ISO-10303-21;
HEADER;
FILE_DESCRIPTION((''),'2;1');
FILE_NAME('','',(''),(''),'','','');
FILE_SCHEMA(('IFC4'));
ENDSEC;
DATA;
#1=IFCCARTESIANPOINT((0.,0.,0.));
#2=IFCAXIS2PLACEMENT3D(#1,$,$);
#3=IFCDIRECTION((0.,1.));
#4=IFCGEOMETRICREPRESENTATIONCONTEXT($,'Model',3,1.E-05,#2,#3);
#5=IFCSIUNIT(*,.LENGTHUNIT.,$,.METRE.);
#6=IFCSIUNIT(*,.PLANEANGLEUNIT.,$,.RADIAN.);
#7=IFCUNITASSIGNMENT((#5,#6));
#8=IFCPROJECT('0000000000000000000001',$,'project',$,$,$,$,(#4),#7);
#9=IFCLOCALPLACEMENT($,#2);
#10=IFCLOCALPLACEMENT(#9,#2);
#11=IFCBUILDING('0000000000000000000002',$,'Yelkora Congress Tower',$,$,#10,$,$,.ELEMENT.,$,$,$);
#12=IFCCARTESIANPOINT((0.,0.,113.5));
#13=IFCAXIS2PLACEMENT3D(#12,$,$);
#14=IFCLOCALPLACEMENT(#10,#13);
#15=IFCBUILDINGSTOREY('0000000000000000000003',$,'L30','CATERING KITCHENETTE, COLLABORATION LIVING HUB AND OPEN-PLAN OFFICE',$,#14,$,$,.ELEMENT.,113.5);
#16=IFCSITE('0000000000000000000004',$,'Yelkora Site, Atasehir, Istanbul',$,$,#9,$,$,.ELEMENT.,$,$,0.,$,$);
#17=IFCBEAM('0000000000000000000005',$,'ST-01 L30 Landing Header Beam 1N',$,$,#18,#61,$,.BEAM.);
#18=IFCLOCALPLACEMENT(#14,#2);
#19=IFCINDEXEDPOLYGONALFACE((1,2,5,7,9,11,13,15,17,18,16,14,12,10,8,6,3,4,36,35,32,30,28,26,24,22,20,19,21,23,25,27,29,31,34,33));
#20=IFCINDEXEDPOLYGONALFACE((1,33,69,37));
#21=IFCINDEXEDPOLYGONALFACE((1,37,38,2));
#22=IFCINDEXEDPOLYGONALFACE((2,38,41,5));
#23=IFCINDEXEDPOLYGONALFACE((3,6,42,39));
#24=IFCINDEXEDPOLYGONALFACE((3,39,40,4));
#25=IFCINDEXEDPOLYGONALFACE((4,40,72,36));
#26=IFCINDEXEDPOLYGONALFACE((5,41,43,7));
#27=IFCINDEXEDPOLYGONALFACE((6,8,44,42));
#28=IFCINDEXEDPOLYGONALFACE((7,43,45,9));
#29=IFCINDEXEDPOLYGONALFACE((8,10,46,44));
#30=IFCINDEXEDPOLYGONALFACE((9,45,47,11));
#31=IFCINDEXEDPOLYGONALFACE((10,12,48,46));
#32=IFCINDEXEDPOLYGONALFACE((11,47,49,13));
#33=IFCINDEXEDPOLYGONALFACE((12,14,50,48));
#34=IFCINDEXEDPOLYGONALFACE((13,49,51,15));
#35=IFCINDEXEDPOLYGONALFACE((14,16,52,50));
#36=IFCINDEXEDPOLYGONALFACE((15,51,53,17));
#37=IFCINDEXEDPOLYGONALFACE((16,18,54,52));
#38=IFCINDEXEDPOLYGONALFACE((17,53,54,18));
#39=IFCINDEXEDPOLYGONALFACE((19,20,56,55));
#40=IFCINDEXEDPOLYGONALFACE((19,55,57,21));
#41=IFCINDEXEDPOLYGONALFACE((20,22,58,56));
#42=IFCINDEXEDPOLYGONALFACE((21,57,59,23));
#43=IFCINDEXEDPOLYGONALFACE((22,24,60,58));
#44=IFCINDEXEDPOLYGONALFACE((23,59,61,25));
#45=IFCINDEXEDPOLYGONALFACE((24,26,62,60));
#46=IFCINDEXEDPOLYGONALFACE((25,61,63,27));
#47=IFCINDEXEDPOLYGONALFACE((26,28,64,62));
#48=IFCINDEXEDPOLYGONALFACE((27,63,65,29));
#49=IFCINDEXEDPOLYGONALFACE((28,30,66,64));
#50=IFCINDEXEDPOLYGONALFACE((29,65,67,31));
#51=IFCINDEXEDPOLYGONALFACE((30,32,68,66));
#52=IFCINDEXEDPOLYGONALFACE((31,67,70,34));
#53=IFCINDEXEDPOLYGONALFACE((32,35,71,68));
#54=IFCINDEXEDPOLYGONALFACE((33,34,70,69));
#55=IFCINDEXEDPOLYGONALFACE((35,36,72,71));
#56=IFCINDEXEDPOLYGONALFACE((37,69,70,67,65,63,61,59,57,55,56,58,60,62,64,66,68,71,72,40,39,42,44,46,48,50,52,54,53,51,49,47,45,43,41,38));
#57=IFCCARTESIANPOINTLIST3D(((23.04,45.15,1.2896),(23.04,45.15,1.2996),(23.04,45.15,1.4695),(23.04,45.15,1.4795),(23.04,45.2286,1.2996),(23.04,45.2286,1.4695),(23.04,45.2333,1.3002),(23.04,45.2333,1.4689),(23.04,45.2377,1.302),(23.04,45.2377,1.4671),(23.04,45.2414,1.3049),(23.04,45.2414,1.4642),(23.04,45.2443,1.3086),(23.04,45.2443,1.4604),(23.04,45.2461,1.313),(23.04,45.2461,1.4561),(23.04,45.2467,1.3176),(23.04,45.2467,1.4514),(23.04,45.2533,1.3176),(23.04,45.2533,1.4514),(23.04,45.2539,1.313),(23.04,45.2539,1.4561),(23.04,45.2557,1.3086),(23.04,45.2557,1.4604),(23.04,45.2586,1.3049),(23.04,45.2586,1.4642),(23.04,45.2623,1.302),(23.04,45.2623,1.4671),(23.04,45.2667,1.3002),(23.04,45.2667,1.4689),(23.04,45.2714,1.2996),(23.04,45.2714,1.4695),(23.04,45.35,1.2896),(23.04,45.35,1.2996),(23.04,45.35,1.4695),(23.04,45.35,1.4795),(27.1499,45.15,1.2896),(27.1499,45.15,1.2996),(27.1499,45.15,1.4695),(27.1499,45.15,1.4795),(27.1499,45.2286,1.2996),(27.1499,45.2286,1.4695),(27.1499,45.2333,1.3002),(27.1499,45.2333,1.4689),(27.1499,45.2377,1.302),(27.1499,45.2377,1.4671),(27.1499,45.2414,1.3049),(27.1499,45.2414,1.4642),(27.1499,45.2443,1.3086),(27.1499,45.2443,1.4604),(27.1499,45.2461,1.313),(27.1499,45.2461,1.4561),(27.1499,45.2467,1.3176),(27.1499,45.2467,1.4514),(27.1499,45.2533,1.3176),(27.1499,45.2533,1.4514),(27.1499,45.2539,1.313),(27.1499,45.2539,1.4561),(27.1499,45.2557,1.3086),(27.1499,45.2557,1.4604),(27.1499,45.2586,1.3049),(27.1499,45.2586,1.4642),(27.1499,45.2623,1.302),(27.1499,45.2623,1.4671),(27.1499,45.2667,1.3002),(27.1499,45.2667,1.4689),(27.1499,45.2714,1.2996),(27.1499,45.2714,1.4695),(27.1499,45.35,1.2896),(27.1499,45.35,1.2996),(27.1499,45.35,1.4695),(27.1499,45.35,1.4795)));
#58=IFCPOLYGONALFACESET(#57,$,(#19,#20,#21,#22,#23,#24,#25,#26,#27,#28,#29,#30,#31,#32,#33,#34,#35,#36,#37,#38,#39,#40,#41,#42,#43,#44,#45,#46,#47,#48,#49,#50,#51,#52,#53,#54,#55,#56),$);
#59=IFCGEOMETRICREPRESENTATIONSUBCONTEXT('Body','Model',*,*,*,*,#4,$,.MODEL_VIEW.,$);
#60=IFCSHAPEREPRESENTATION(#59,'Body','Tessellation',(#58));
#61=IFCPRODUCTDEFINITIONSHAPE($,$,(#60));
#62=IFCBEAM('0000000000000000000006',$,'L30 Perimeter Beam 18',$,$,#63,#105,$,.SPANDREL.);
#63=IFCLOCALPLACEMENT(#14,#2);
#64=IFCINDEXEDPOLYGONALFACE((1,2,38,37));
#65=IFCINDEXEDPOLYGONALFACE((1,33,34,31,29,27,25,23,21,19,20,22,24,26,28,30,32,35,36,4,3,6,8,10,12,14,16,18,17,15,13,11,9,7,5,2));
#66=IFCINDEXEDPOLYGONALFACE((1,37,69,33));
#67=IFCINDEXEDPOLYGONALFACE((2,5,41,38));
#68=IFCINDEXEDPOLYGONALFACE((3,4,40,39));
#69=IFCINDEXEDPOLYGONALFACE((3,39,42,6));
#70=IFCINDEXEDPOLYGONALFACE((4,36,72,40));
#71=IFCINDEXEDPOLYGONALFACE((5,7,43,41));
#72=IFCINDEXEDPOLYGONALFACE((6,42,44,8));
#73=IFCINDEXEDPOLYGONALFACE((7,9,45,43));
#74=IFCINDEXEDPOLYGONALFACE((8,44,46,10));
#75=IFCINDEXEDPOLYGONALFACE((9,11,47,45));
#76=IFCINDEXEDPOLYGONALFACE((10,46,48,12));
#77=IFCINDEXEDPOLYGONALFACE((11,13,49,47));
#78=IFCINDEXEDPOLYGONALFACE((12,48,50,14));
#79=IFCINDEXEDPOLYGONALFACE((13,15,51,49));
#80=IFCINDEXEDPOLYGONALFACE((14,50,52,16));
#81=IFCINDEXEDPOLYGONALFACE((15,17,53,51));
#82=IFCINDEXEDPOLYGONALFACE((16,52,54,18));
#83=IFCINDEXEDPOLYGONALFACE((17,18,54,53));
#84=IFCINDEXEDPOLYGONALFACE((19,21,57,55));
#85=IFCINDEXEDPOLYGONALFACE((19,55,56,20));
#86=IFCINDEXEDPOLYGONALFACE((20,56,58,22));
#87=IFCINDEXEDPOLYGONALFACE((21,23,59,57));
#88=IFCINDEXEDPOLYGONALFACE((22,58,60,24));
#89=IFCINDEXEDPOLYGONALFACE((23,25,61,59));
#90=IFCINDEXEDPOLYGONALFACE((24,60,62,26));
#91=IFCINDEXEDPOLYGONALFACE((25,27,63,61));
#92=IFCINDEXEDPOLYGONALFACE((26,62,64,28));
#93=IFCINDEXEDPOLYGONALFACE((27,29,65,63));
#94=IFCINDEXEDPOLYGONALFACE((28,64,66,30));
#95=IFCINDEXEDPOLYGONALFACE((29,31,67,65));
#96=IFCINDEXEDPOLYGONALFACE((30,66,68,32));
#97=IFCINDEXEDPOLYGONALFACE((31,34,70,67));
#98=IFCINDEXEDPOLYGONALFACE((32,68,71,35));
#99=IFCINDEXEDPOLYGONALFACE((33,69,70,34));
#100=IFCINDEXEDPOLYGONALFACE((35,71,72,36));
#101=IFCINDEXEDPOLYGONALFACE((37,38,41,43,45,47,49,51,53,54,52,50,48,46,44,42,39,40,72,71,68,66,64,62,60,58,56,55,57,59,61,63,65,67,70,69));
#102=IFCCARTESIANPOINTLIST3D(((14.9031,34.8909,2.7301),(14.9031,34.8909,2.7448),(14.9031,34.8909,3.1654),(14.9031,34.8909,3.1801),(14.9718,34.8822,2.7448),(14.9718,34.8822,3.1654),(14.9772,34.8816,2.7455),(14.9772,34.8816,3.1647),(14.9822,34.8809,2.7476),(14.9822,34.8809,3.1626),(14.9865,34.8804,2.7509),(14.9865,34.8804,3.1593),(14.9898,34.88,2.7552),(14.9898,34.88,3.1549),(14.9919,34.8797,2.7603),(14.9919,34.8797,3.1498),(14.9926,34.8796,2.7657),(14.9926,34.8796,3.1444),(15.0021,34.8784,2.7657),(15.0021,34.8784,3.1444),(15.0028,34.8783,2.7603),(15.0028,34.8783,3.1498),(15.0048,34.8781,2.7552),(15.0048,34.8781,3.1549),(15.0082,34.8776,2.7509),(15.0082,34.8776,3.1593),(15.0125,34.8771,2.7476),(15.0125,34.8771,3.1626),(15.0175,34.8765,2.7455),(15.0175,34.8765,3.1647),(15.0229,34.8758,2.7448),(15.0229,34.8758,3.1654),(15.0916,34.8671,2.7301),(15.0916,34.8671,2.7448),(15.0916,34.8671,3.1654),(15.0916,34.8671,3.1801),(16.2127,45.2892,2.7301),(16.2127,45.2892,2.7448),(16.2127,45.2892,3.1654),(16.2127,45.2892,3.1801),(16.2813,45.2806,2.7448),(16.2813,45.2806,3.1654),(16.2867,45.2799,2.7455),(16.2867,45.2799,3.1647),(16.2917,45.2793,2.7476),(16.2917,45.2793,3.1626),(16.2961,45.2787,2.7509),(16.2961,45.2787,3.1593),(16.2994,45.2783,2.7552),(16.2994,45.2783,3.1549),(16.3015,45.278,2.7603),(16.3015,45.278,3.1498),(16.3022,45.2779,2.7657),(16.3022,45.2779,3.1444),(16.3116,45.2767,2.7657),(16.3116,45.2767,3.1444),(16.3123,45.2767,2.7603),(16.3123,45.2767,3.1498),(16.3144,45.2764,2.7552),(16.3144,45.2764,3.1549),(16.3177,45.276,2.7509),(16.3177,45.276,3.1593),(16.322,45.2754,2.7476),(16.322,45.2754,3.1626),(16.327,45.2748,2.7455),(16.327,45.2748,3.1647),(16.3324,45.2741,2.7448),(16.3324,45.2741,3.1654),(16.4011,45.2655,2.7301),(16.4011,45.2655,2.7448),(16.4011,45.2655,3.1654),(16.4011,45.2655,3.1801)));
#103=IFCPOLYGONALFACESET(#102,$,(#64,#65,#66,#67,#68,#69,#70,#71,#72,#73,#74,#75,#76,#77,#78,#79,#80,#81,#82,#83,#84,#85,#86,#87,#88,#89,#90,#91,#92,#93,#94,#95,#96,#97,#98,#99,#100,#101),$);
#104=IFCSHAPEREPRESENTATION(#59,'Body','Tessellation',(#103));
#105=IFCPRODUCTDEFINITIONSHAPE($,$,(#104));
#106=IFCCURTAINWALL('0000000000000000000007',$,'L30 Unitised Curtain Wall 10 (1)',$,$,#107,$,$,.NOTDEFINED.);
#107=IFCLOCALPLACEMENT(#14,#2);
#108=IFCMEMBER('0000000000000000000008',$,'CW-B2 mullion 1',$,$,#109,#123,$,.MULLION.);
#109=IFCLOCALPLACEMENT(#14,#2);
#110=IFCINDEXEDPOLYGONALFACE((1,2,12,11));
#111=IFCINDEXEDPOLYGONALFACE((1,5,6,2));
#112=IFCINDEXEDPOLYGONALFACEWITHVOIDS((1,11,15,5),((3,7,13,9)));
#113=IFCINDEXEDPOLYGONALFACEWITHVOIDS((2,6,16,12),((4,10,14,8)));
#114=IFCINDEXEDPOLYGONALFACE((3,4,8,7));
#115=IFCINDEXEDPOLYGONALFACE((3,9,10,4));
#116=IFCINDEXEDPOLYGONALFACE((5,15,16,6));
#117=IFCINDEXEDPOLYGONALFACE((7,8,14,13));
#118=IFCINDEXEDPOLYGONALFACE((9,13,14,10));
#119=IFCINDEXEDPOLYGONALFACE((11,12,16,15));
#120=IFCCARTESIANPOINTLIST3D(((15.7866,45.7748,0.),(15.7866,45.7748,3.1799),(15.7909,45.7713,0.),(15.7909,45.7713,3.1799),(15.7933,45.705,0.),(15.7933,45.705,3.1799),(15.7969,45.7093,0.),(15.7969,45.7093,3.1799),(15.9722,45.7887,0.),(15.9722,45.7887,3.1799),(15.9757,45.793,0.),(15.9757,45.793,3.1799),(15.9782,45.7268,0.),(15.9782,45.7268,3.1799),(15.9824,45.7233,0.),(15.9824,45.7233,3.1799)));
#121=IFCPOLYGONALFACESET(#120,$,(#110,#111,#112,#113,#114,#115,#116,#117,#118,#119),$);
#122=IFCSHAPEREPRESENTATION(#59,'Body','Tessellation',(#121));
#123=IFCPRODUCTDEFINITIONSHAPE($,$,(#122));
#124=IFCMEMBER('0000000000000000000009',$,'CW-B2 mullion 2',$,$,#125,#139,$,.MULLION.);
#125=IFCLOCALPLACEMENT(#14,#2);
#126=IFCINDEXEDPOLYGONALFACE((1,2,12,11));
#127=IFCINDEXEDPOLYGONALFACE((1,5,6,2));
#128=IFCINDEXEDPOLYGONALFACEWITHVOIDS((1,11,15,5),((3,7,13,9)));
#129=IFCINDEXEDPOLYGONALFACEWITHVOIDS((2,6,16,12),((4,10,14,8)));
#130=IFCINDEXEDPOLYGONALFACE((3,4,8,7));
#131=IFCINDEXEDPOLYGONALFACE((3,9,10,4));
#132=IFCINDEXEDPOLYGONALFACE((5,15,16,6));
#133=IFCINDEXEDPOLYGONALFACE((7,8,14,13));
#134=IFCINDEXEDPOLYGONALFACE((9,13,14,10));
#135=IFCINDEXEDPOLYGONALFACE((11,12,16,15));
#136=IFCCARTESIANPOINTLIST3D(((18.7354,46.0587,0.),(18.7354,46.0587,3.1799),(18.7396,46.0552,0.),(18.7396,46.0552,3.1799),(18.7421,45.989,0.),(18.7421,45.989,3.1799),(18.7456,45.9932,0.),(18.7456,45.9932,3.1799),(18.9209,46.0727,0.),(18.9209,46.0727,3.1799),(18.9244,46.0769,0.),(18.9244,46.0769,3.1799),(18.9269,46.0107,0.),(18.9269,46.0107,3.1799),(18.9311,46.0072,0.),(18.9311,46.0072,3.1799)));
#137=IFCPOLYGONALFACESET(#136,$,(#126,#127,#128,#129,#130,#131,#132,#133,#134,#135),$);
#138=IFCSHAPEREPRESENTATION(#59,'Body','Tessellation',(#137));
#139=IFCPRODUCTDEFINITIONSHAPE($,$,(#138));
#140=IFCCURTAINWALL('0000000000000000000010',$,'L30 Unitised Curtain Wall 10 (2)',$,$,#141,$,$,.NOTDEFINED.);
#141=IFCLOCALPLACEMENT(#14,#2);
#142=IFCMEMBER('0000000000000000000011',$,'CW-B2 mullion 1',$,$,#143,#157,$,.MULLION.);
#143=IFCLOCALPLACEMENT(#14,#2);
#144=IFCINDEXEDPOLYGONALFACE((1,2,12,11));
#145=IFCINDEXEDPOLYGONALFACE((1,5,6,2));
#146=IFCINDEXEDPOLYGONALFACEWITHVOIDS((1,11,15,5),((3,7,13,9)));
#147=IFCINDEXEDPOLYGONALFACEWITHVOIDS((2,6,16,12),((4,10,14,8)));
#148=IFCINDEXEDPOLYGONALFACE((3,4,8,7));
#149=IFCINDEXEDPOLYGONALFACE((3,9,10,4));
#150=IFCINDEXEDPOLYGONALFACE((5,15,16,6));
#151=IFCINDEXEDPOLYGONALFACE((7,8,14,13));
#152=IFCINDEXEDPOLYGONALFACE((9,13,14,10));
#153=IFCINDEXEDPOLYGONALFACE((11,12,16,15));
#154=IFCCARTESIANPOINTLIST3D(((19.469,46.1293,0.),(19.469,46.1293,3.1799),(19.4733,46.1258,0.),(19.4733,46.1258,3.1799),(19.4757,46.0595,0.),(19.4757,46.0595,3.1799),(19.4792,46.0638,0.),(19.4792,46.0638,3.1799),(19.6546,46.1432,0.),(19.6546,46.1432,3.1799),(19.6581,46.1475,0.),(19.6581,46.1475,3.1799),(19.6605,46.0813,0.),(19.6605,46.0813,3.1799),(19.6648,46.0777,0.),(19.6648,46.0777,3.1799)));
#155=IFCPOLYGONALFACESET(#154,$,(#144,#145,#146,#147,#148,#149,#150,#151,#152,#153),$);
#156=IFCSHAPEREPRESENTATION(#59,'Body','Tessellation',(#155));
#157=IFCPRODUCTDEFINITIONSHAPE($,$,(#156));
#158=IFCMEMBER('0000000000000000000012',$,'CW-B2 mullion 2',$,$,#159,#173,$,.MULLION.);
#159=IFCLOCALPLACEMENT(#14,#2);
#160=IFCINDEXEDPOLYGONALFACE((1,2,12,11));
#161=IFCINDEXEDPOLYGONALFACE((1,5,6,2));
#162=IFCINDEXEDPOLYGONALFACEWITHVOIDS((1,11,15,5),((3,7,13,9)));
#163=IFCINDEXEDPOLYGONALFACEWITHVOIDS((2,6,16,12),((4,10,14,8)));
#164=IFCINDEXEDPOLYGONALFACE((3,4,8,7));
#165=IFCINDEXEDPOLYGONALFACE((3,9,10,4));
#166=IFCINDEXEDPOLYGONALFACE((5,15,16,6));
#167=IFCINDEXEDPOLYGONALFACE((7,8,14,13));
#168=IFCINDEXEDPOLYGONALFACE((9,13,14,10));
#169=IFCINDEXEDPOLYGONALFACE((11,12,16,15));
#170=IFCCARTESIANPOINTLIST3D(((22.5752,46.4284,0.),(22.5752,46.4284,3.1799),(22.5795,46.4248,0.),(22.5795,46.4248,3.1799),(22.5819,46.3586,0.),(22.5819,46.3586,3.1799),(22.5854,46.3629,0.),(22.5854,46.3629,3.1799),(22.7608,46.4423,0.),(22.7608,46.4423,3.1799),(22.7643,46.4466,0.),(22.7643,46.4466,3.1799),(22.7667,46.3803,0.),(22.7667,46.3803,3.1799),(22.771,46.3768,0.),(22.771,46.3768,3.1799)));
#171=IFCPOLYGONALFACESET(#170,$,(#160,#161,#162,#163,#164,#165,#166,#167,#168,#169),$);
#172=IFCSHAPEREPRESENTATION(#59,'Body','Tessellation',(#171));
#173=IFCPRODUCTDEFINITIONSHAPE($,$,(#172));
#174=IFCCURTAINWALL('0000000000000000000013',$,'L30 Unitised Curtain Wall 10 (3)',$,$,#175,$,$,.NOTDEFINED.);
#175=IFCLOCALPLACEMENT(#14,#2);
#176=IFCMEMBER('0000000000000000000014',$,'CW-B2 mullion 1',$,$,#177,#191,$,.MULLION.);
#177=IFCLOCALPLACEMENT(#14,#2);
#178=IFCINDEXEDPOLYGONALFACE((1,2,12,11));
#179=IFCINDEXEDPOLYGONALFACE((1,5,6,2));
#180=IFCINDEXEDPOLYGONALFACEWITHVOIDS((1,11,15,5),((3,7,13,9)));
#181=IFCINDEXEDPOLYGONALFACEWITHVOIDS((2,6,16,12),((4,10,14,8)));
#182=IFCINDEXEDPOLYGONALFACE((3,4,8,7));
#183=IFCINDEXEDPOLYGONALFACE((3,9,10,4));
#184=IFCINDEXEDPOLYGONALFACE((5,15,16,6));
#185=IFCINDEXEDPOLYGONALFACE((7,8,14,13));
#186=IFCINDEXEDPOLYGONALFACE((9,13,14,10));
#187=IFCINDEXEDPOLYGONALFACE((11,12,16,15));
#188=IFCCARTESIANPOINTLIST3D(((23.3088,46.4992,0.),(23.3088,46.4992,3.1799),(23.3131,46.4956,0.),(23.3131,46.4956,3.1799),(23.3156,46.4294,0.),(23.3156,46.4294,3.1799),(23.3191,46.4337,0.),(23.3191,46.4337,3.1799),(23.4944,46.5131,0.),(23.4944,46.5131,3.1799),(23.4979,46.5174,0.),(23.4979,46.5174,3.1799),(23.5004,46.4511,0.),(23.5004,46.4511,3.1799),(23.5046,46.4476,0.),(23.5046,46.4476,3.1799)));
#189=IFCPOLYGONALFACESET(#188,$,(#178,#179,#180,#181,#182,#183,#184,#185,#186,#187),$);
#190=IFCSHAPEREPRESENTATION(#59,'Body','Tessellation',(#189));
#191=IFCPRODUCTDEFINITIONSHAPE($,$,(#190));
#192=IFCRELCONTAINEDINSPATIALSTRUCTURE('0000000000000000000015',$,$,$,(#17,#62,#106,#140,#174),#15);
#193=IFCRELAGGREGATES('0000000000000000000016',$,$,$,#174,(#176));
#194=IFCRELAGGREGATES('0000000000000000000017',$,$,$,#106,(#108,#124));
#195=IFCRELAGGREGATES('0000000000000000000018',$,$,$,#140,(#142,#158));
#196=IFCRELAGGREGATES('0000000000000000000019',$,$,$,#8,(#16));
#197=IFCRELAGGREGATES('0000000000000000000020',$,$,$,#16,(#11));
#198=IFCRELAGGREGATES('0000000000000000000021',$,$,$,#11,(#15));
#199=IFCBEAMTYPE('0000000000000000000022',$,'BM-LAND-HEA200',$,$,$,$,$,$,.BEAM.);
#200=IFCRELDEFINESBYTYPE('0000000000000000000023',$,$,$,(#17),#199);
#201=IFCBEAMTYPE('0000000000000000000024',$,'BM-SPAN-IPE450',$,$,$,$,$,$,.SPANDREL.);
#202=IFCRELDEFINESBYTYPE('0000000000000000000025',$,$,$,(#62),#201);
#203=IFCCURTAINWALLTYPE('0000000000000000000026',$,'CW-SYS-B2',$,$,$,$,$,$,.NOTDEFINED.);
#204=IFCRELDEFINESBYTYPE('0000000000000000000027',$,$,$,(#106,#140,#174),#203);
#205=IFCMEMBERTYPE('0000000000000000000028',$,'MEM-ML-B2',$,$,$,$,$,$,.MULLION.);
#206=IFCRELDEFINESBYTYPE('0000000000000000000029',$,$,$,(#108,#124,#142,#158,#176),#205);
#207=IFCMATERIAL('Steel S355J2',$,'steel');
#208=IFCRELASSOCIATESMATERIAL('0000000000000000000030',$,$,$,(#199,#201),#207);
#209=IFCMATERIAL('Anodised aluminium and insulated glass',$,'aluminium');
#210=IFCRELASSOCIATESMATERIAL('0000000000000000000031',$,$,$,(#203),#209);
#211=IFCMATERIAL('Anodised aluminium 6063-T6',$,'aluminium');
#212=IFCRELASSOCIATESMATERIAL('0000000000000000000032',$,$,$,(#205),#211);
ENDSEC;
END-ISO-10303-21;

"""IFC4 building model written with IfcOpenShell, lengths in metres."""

from ifc_helpers import new_model, si_unit, direction, frame, origin, origin_2d, place, context, subcontext, project, spatial, hollow_rectangle, i_section, extrude, material, material_profile, profile_set, type_object, element, aggregate, save


model = new_model("IFC4")

# Units and contexts
model_context = context("Model", 3, precision=1e-05, world=origin(), true_north=direction((0.0, 1.0)))
body_context = subcontext(model_context, "Body", "Model", "MODEL_VIEW")
ifc_project = project(units=[si_unit("LENGTHUNIT", "METRE"), si_unit("PLANEANGLEUNIT", "RADIAN")], contexts=[model_context])

# Site, building, storey
site_placement = place(None, origin())
site = spatial("IfcSite", under=ifc_project, at=site_placement, Name="Yelkora Site, Atasehir, Istanbul", CompositionType="ELEMENT", RefElevation=0.0)
building_placement = place(site_placement, origin())
building = spatial("IfcBuilding", under=site, at=building_placement, Name="Yelkora Congress Tower", CompositionType="ELEMENT")
storey_placement = place(building_placement, frame((0.0, 0.0, 113.5)))
storey = spatial("IfcBuildingStorey", under=building, at=storey_placement, Name="L30", Description="CATERING KITCHENETTE, COLLABORATION LIVING HUB AND OPEN-PLAN OFFICE", CompositionType="ELEMENT", Elevation=113.5)

# Beams
ifc_material_1 = material(Name="Steel S355J2", Category="steel")
ifc_material_profile_1 = material_profile(ifc_material_1, i_section(OverallWidth=0.2, OverallDepth=0.1899, WebThickness=0.0066, FlangeThickness=0.01, FilletRadius=0.0181, at=origin_2d()), Name="HEA 200")
ifc_profile_set_1 = profile_set([ifc_material_profile_1], Name="Steel S355J2")
beam_type_1 = type_object("IfcBeamType", Name="BM-LAND-HEA200", PredefinedType="BEAM", material=ifc_profile_set_1)
beam_1_placement = place(storey_placement, frame((23.04, 45.25, 1.3845), z_axis=(1.0, 0.0, 0.0), x_axis=(0.0, 1.0, 0.0)))
element("IfcBeam", 1, at=beam_1_placement, inside=storey, type_object=beam_type_1, Name="ST-01 L30 Landing Header Beam 1N", PredefinedType="BEAM", context=body_context, shape_type="SweptSolid", body=[
    extrude(i_section(OverallWidth=0.2, OverallDepth=0.1899, WebThickness=0.0066, FlangeThickness=0.01, FilletRadius=0.0181, at=origin_2d()), origin(), (0.0, 0.0, 1.0), 4.1099),
])
ifc_material_profile_2 = material_profile(ifc_material_1, i_section(OverallWidth=0.1899, OverallDepth=0.45, WebThickness=0.0095, FlangeThickness=0.0146, FilletRadius=0.021, at=origin_2d()), Name="IPE 450")
ifc_profile_set_2 = profile_set([ifc_material_profile_2], Name="Steel S355J2")
beam_type_2 = type_object("IfcBeamType", Name="BM-SPAN-IPE450", PredefinedType="SPANDREL", material=ifc_profile_set_2)
beam_2_placement = place(storey_placement, frame((16.3069, 45.2773, 2.9551), z_axis=(-0.124952, -0.992163, 0.0), x_axis=(0.992163, -0.124952, 0.0)))
element("IfcBeam", 2, at=beam_2_placement, inside=storey, type_object=beam_type_2, Name="L30 Perimeter Beam 18", PredefinedType="SPANDREL", context=body_context, shape_type="SweptSolid", body=[
    extrude(i_section(OverallWidth=0.1899, OverallDepth=0.45, WebThickness=0.0095, FlangeThickness=0.0146, FilletRadius=0.021, at=origin_2d()), origin(), (0.0, 0.0, 1.0), 10.4805),
])

# Curtain walls, members
ifc_material_2 = material(Name="Anodised aluminium and insulated glass", Category="aluminium")
curtain_wall_type = type_object("IfcCurtainWallType", Name="CW-SYS-B2", PredefinedType="NOTDEFINED", material=ifc_material_2)
curtain_wall_1_placement = place(storey_placement, origin())
curtain_wall_1 = element("IfcCurtainWall", 3, at=curtain_wall_1_placement, inside=storey, type_object=curtain_wall_type, Name="L30 Unitised Curtain Wall 10 (1)", PredefinedType="NOTDEFINED")
ifc_material_3 = material(Name="Anodised aluminium 6063-T6", Category="aluminium")
ifc_material_profile_3 = material_profile(ifc_material_3, hollow_rectangle(XDim=0.0701, YDim=0.1899, WallThickness=0.0039, at=origin_2d()), Name="ALU 70x190x4")
ifc_profile_set_3 = profile_set([ifc_material_profile_3], Name="Anodised aluminium 6063-T6")
member_type_1 = type_object("IfcMemberType", Name="MEM-ML-B2", PredefinedType="MULLION", material=ifc_profile_set_3)
member_1_placement = place(storey_placement, frame((15.8845, 45.749, 0.0), z_axis=(0.0, 0.0, 1.0), x_axis=(-0.095839, 0.995397, 0.0)))
member_1 = element("IfcMember", 4, at=member_1_placement, type_object=member_type_1, Name="CW-B2 mullion 1", PredefinedType="MULLION", context=body_context, shape_type="SweptSolid", body=[
    extrude(hollow_rectangle(XDim=0.0701, YDim=0.1899, WallThickness=0.0039, at=origin_2d()), origin(), (0.0, 0.0, 1.0), 3.1799),
])
member_2_placement = place(storey_placement, frame((18.8333, 46.033, 0.0), z_axis=(0.0, 0.0, 1.0), x_axis=(-0.095839, 0.995397, 0.0)))
member_2 = element("IfcMember", 5, at=member_2_placement, type_object=member_type_1, Name="CW-B2 mullion 2", PredefinedType="MULLION", context=body_context, shape_type="SweptSolid", body=[
    extrude(hollow_rectangle(XDim=0.0701, YDim=0.1899, WallThickness=0.0039, at=origin_2d()), origin(), (0.0, 0.0, 1.0), 3.1799),
])
curtain_wall_2_placement = place(storey_placement, origin())
curtain_wall_2 = element("IfcCurtainWall", 6, at=curtain_wall_2_placement, inside=storey, type_object=curtain_wall_type, Name="L30 Unitised Curtain Wall 10 (2)", PredefinedType="NOTDEFINED")
member_3_placement = place(storey_placement, frame((19.5669, 46.1035, 0.0), z_axis=(0.0, 0.0, 1.0), x_axis=(-0.095841, 0.995397, 0.0)))
member_3 = element("IfcMember", 7, at=member_3_placement, type_object=member_type_1, Name="CW-B2 mullion 1", PredefinedType="MULLION", context=body_context, shape_type="SweptSolid", body=[
    extrude(hollow_rectangle(XDim=0.0701, YDim=0.1899, WallThickness=0.0039, at=origin_2d()), origin(), (0.0, 0.0, 1.0), 3.1799),
])
member_4_placement = place(storey_placement, frame((22.6731, 46.4026, 0.0), z_axis=(0.0, 0.0, 1.0), x_axis=(-0.095841, 0.995397, 0.0)))
member_4 = element("IfcMember", 8, at=member_4_placement, type_object=member_type_1, Name="CW-B2 mullion 2", PredefinedType="MULLION", context=body_context, shape_type="SweptSolid", body=[
    extrude(hollow_rectangle(XDim=0.0701, YDim=0.1899, WallThickness=0.0039, at=origin_2d()), origin(), (0.0, 0.0, 1.0), 3.1799),
])

# Curtain wall, member
curtain_wall_3_placement = place(storey_placement, origin())
curtain_wall_3 = element("IfcCurtainWall", 9, at=curtain_wall_3_placement, inside=storey, type_object=curtain_wall_type, Name="L30 Unitised Curtain Wall 10 (3)", PredefinedType="NOTDEFINED")
member_5_placement = place(storey_placement, frame((23.4067, 46.4734, 0.0), z_axis=(0.0, 0.0, 1.0), x_axis=(-0.095844, 0.995396, 0.0)))
member_5 = element("IfcMember", 10, at=member_5_placement, type_object=member_type_1, Name="CW-B2 mullion 1", PredefinedType="MULLION", context=body_context, shape_type="SweptSolid", body=[
    extrude(hollow_rectangle(XDim=0.0701, YDim=0.1899, WallThickness=0.0039, at=origin_2d()), origin(), (0.0, 0.0, 1.0), 3.1799),
])

aggregate(curtain_wall_3, [member_5])

aggregate(curtain_wall_1, [member_1, member_2])
aggregate(curtain_wall_2, [member_3, member_4])

save(model, "model.ifc")
